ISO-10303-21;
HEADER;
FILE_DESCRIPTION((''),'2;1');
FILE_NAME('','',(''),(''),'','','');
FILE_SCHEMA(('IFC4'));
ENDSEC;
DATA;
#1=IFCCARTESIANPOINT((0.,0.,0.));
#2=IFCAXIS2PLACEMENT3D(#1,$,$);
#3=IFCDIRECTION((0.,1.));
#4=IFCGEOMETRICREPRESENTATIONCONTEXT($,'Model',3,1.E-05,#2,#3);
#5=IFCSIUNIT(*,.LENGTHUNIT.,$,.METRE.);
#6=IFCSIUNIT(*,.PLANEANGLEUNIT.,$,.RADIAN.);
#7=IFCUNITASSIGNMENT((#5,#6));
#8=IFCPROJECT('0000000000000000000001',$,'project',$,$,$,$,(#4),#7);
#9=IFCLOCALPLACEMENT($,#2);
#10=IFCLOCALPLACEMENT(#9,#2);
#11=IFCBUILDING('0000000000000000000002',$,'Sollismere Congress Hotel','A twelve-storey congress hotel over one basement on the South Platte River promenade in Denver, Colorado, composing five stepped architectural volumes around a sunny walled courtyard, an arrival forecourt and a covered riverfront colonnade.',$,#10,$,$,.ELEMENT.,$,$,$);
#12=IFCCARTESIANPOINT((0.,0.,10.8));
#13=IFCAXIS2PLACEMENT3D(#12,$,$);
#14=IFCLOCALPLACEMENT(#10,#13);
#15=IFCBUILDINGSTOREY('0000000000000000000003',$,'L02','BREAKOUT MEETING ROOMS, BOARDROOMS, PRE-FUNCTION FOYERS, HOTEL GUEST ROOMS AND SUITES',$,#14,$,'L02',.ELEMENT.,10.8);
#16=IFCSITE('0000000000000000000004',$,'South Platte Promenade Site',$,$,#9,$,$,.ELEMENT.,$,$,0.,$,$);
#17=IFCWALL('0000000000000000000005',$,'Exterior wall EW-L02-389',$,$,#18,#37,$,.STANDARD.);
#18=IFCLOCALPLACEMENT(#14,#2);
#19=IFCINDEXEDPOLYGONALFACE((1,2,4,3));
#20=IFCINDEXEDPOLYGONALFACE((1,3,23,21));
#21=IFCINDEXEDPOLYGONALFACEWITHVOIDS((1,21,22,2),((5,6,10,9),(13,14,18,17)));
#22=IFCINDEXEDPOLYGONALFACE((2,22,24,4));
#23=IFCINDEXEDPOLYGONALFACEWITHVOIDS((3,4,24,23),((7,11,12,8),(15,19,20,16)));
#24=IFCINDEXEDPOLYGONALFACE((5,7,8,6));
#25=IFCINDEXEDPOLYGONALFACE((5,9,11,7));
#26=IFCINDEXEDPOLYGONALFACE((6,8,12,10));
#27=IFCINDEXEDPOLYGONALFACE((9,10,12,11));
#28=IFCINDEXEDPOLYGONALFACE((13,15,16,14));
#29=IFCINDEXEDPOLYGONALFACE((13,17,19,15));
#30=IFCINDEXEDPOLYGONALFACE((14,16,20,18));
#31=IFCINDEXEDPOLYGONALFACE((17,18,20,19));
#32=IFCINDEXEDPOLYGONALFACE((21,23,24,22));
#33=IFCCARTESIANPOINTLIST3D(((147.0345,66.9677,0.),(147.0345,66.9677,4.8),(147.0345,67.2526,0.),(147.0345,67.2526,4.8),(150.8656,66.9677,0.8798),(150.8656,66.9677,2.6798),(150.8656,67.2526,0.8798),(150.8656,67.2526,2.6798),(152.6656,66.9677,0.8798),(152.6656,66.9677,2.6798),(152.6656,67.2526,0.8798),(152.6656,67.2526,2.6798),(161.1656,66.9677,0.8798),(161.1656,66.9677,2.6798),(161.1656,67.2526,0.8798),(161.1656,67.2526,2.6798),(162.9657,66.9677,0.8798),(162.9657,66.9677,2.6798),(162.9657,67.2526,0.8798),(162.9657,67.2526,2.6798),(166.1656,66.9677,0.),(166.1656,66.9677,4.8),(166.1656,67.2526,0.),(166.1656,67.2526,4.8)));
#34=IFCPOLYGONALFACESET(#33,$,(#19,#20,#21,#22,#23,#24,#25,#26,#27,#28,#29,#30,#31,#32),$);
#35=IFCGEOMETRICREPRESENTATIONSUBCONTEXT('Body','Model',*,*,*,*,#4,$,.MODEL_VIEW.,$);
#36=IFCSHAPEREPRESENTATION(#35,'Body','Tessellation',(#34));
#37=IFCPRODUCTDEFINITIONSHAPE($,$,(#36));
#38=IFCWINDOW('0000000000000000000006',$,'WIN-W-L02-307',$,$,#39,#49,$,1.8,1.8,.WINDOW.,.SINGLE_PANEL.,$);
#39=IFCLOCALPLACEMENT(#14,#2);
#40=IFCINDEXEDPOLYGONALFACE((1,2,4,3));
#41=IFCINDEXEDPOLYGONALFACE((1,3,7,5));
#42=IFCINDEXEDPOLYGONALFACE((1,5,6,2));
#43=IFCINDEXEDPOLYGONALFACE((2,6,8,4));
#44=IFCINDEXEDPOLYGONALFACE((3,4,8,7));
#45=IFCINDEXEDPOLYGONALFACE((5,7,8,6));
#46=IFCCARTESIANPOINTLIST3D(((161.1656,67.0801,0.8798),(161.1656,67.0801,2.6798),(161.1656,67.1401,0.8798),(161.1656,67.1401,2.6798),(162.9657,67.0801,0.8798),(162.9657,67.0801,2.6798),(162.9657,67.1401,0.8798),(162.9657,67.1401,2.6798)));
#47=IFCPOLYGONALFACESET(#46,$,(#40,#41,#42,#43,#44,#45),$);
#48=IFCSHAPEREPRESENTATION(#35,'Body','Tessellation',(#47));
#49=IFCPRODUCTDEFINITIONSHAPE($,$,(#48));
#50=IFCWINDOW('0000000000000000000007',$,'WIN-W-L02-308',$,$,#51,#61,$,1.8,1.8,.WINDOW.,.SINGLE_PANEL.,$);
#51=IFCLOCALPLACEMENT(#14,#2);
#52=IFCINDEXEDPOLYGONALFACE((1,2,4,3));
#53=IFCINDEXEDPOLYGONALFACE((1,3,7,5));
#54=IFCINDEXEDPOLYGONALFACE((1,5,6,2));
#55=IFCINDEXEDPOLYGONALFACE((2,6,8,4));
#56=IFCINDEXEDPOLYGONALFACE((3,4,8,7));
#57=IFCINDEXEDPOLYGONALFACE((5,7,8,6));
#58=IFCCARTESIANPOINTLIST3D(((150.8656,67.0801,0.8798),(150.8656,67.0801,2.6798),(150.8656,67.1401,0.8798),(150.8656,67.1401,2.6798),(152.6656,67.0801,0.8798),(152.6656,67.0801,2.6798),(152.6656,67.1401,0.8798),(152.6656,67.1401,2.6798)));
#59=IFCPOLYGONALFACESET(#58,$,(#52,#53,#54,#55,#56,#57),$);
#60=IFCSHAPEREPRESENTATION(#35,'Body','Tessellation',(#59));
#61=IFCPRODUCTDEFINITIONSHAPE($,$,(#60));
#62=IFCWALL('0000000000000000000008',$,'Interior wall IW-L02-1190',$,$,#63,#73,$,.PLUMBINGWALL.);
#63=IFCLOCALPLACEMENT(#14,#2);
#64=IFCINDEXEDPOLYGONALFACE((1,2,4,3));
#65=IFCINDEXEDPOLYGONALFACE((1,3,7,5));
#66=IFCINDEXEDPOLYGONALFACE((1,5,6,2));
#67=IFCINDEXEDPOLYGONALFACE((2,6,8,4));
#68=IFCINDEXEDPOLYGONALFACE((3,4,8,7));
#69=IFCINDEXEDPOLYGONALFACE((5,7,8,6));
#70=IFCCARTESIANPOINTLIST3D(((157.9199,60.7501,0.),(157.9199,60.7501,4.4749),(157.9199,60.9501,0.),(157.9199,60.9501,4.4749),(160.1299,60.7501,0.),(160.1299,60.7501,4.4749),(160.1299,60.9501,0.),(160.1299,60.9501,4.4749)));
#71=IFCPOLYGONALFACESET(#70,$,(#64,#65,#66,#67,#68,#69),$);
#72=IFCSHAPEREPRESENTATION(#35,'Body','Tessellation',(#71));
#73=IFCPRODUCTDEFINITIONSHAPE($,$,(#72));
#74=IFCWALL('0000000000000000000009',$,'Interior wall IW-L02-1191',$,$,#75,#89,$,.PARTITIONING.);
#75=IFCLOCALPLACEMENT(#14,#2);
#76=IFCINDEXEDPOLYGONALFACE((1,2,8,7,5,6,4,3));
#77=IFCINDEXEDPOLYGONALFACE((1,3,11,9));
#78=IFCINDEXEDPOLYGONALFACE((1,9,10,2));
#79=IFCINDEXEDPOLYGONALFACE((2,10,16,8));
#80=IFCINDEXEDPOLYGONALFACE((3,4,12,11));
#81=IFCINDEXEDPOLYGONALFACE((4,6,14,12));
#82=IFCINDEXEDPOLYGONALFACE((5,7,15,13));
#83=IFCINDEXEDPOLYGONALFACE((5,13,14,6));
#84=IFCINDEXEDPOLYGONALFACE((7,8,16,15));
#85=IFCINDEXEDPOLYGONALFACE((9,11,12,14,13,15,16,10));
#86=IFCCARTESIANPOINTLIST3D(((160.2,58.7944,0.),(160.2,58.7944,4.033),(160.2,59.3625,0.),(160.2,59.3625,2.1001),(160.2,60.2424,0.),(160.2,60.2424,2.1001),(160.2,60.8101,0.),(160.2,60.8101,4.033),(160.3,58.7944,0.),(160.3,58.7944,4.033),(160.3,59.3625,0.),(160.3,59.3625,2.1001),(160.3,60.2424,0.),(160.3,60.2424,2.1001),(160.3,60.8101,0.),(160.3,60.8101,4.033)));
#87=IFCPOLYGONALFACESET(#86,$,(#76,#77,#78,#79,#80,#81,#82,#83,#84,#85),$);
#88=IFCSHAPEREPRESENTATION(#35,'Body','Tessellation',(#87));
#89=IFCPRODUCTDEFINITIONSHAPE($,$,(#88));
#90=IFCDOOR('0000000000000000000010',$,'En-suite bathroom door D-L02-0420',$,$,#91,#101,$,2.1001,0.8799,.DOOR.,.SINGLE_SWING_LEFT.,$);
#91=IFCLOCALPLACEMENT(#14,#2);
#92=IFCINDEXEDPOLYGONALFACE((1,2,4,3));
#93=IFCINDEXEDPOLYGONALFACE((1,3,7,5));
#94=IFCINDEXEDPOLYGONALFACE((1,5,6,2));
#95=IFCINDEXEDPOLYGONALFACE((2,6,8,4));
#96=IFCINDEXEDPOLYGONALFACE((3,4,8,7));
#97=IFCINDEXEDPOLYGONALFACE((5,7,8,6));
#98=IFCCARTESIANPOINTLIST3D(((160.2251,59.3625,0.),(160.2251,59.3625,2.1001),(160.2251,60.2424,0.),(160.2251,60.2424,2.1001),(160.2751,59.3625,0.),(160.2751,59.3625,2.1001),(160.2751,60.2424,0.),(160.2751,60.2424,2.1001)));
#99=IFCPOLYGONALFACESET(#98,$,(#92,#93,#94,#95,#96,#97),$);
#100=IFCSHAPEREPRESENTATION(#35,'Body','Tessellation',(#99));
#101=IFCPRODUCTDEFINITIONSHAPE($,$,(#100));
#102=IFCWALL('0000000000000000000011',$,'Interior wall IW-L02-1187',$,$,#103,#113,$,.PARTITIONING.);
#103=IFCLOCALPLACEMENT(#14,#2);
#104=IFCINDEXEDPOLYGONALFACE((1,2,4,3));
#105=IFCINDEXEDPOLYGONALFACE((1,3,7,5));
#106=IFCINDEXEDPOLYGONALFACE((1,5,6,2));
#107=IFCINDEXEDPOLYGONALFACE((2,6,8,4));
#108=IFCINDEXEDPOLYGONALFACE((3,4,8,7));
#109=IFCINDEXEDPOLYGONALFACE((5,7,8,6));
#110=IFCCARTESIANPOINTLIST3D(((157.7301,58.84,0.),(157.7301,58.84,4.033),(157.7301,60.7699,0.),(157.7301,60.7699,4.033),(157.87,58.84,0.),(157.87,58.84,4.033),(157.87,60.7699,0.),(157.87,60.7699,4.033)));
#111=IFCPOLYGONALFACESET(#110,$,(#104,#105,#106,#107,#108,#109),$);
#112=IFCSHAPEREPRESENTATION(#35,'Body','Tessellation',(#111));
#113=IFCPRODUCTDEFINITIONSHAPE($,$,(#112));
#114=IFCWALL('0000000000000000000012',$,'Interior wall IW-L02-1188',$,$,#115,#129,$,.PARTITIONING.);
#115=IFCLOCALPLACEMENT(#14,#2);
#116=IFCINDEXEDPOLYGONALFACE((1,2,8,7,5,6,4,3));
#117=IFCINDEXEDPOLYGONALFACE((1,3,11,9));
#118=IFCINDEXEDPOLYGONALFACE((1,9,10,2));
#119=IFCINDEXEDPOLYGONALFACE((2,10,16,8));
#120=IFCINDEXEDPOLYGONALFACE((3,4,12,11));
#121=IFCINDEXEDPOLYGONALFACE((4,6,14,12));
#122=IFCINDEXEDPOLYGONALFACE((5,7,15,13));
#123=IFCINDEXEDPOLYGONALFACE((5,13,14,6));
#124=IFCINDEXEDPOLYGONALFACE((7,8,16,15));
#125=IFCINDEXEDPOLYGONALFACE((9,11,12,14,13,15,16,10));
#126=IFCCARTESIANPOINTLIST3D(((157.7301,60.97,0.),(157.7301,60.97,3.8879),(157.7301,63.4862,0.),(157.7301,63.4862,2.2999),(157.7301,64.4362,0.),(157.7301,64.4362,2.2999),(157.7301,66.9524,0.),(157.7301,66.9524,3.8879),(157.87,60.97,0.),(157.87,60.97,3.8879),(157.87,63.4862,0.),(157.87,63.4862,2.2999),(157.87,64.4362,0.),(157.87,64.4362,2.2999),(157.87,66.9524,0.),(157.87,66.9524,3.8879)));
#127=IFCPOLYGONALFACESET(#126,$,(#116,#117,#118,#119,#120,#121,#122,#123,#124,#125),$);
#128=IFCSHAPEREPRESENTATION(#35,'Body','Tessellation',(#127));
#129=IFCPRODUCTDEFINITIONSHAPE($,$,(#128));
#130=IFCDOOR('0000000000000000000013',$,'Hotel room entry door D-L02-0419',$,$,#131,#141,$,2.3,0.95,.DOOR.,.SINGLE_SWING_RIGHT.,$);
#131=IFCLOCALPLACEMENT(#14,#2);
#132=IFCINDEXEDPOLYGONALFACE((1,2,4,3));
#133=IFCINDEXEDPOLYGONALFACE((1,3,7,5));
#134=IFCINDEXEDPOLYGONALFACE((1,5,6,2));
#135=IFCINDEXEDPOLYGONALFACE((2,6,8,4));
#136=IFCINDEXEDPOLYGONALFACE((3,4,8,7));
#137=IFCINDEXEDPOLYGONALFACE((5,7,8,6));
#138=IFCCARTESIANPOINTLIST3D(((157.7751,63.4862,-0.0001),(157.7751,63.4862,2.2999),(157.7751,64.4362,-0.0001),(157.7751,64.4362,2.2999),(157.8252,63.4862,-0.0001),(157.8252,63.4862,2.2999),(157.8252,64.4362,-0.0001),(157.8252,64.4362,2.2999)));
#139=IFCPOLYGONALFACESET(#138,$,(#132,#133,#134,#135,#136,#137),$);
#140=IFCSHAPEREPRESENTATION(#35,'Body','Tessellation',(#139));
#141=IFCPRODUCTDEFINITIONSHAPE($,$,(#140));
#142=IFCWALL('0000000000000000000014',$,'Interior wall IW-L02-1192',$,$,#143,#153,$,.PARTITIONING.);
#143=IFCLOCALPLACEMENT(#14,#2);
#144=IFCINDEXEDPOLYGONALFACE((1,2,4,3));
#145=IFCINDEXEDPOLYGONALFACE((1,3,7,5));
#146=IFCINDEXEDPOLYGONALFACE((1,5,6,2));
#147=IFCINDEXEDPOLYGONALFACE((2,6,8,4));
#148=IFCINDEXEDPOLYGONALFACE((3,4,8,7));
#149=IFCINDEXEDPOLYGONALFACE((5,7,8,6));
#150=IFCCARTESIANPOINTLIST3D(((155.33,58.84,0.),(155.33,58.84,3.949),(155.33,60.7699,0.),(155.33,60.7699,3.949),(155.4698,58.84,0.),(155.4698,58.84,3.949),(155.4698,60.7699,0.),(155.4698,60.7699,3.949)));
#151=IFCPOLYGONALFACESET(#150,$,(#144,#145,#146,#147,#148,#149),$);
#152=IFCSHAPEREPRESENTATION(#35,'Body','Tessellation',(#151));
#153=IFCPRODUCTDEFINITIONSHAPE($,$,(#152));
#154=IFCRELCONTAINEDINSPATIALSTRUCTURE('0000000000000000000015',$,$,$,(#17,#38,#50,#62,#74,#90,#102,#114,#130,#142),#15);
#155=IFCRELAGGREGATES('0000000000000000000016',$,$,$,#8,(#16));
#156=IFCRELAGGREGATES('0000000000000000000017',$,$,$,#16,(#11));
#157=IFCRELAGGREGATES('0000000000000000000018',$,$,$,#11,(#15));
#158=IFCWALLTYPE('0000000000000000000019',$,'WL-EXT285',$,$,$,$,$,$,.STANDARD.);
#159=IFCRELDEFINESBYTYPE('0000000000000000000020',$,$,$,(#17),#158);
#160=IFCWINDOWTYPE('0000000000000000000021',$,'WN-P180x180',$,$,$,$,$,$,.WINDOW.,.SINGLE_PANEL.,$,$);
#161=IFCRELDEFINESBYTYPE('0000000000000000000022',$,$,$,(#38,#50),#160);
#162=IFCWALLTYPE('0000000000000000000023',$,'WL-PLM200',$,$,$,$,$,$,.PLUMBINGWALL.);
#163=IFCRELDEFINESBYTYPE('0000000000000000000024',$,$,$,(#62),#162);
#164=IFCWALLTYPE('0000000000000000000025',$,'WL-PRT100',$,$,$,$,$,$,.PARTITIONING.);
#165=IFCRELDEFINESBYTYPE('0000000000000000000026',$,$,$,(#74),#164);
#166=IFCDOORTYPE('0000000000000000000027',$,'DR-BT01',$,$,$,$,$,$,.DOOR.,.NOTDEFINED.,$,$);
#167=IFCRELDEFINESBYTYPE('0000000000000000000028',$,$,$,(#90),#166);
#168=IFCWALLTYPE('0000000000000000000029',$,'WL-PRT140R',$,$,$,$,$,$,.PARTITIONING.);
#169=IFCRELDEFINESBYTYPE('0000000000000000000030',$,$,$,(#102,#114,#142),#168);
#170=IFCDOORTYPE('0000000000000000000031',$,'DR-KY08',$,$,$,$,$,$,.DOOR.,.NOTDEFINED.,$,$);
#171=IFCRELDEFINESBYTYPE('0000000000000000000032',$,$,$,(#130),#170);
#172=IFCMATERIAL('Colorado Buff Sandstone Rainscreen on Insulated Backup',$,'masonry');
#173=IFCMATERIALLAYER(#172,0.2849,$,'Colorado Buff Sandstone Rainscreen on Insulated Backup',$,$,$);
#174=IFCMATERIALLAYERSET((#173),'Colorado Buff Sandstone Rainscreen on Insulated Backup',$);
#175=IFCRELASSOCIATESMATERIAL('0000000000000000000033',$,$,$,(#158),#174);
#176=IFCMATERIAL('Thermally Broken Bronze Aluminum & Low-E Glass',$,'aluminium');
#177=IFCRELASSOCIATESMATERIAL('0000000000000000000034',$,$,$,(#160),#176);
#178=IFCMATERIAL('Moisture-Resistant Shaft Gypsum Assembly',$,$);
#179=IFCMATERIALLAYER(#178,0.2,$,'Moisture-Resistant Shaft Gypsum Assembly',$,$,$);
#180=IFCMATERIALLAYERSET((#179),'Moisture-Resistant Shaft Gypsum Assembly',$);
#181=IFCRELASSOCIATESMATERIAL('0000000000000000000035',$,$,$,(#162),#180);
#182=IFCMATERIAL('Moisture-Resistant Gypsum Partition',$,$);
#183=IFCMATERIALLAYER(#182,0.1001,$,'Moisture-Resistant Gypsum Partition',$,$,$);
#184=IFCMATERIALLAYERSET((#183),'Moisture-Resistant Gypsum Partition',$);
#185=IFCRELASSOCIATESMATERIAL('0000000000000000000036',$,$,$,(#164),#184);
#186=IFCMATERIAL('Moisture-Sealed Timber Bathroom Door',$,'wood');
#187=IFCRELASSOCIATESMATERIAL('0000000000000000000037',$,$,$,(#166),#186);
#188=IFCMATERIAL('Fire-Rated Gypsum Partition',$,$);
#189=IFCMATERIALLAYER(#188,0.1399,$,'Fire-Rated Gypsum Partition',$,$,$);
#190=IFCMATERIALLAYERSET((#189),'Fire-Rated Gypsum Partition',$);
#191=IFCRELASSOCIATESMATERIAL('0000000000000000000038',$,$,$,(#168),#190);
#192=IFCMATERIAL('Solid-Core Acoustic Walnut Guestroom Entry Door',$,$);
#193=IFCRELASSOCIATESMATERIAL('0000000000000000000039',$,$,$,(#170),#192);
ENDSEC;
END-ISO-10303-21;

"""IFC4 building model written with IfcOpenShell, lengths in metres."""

from ifc_helpers import new_model, si_unit, direction, frame, frame_2d, origin, place, context, subcontext, project, spatial, rectangle, extrude, material, layer, layer_set, type_object, element, fill, save


model = new_model("IFC4")

# Units and contexts
model_context = context("Model", 3, precision=1e-05, world=origin(), true_north=direction((0.0, 1.0)))
body_context = subcontext(model_context, "Body", "Model", "MODEL_VIEW")
ifc_project = project(units=[si_unit("LENGTHUNIT", "METRE"), si_unit("PLANEANGLEUNIT", "RADIAN")], contexts=[model_context])

# Site, building, storey
site_placement = place(None, origin())
site = spatial("IfcSite", under=ifc_project, at=site_placement, Name="South Platte Promenade Site", CompositionType="ELEMENT", RefElevation=0.0)
building_placement = place(site_placement, origin())
building = spatial("IfcBuilding", under=site, at=building_placement, Name="Sollismere Congress Hotel", Description="A twelve-storey congress hotel over one basement on the South Platte River promenade in Denver, Colorado, composing five stepped architectural volumes around a sunny walled courtyard, an arrival forecourt and a covered riverfront colonnade.", CompositionType="ELEMENT")
storey_placement = place(building_placement, frame((0.0, 0.0, 10.8)))
storey = spatial("IfcBuildingStorey", under=building, at=storey_placement, Name="L02", Description="BREAKOUT MEETING ROOMS, BOARDROOMS, PRE-FUNCTION FOYERS, HOTEL GUEST ROOMS AND SUITES", LongName="L02", CompositionType="ELEMENT", Elevation=10.8)

# Wall, openings, windows
ifc_material_1 = material(Name="Colorado Buff Sandstone Rainscreen on Insulated Backup", Category="masonry")
ifc_layer_1 = layer(ifc_material_1, 0.2849, Name="Colorado Buff Sandstone Rainscreen on Insulated Backup")
ifc_layer_set_1 = layer_set([ifc_layer_1], Name="Colorado Buff Sandstone Rainscreen on Insulated Backup")
wall_type_1 = type_object("IfcWallType", Name="WL-EXT285", PredefinedType="STANDARD", material=ifc_layer_set_1)
wall_1_placement = place(storey_placement, frame((166.1655, 67.1101, 0.0), z_axis=(0.0, 0.0, 1.0), x_axis=(-1.0, 0.0, 0.0)))
wall_1 = element("IfcWall", 1, at=wall_1_placement, inside=storey, type_object=wall_type_1, Name="Exterior wall EW-L02-389", PredefinedType="STANDARD", context=body_context, shape_type="SweptSolid", body=[
    extrude(rectangle(XDim=19.1311, YDim=0.2849, at=frame_2d((9.5654, 0.0))), origin(), (0.0, 0.0, 1.0), 4.8),
])
opening_1_placement = place(wall_1_placement, frame((3.2, 0.0, 0.8799)))
opening_1 = element("IfcOpeningElement", 2, at=opening_1_placement, cuts=wall_1, PredefinedType="OPENING", context=body_context, shape_type="SweptSolid", body=[
    extrude(rectangle(XDim=1.8, YDim=1.8, at=frame_2d((0.8999, 0.8999))), frame((0.0, 0.1523, 0.0), z_axis=(0.0, -1.0, 0.0), x_axis=(1.0, 0.0, 0.0)), (0.0, 0.0, 1.0), 0.3049),
])
opening_2_placement = place(wall_1_placement, frame((13.5, 0.0, 0.8799)))
opening_2 = element("IfcOpeningElement", 3, at=opening_2_placement, cuts=wall_1, PredefinedType="OPENING", context=body_context, shape_type="SweptSolid", body=[
    extrude(rectangle(XDim=1.8, YDim=1.8, at=frame_2d((0.8999, 0.8999))), frame((0.0, 0.1523, 0.0), z_axis=(0.0, -1.0, 0.0), x_axis=(1.0, 0.0, 0.0)), (0.0, 0.0, 1.0), 0.3049),
])
ifc_material_2 = material(Name="Thermally Broken Bronze Aluminum & Low-E Glass", Category="aluminium")
window_type = type_object("IfcWindowType", Name="WN-P180x180", PartitioningType="SINGLE_PANEL", PredefinedType="WINDOW", material=ifc_material_2)
window_1_placement = place(opening_1_placement, origin())
window_1 = element("IfcWindow", 4, at=window_1_placement, inside=storey, type_object=window_type, Name="WIN-W-L02-307", OverallHeight=1.8, OverallWidth=1.8, PartitioningType="SINGLE_PANEL", PredefinedType="WINDOW", context=body_context, shape_type="SweptSolid", body=[
    extrude(rectangle(XDim=1.8, YDim=1.8, at=frame_2d((0.8999, 0.8999))), frame((0.0, 0.03, 0.0), z_axis=(0.0, -1.0, 0.0), x_axis=(1.0, 0.0, 0.0)), (0.0, 0.0, 1.0), 0.0601),
])
fill(opening_1, window_1)
window_2_placement = place(opening_2_placement, origin())
window_2 = element("IfcWindow", 5, at=window_2_placement, inside=storey, type_object=window_type, Name="WIN-W-L02-308", OverallHeight=1.8, OverallWidth=1.8, PartitioningType="SINGLE_PANEL", PredefinedType="WINDOW", context=body_context, shape_type="SweptSolid", body=[
    extrude(rectangle(XDim=1.8, YDim=1.8, at=frame_2d((0.8999, 0.8999))), frame((0.0, 0.03, 0.0), z_axis=(0.0, -1.0, 0.0), x_axis=(1.0, 0.0, 0.0)), (0.0, 0.0, 1.0), 0.0601),
])
fill(opening_2, window_2)

# Wall
ifc_material_3 = material(Name="Moisture-Resistant Shaft Gypsum Assembly")
ifc_layer_2 = layer(ifc_material_3, 0.2, Name="Moisture-Resistant Shaft Gypsum Assembly")
ifc_layer_set_2 = layer_set([ifc_layer_2], Name="Moisture-Resistant Shaft Gypsum Assembly")
wall_type_2 = type_object("IfcWallType", Name="WL-PLM200", PredefinedType="PLUMBINGWALL", material=ifc_layer_set_2)
wall_2_placement = place(storey_placement, frame((157.9199, 60.8501, 0.0), z_axis=(0.0, 0.0, 1.0), x_axis=(1.0, 0.0, 0.0)))
element("IfcWall", 6, at=wall_2_placement, inside=storey, type_object=wall_type_2, Name="Interior wall IW-L02-1190", PredefinedType="PLUMBINGWALL", context=body_context, shape_type="SweptSolid", body=[
    extrude(rectangle(XDim=2.21, YDim=0.2, at=frame_2d((1.105, 0.0))), origin(), (0.0, 0.0, 1.0), 4.4749),
])

# Wall, opening, door
ifc_material_4 = material(Name="Moisture-Resistant Gypsum Partition")
ifc_layer_3 = layer(ifc_material_4, 0.1001, Name="Moisture-Resistant Gypsum Partition")
ifc_layer_set_3 = layer_set([ifc_layer_3], Name="Moisture-Resistant Gypsum Partition")
wall_type_3 = type_object("IfcWallType", Name="WL-PRT100", PredefinedType="PARTITIONING", material=ifc_layer_set_3)
wall_3_placement = place(storey_placement, frame((160.25, 58.7944, 0.0), z_axis=(0.0, 0.0, 1.0), x_axis=(0.0, 1.0, 0.0)))
wall_3 = element("IfcWall", 7, at=wall_3_placement, inside=storey, type_object=wall_type_3, Name="Interior wall IW-L02-1191", PredefinedType="PARTITIONING", context=body_context, shape_type="SweptSolid", body=[
    extrude(rectangle(XDim=2.0156, YDim=0.1001, at=frame_2d((1.0078, 0.0))), origin(), (0.0, 0.0, 1.0), 4.033),
])
opening_3_placement = place(wall_3_placement, frame((0.5681, 0.0, 0.0)))
opening_3 = element("IfcOpeningElement", 8, at=opening_3_placement, cuts=wall_3, PredefinedType="OPENING", context=body_context, shape_type="SweptSolid", body=[
    extrude(rectangle(XDim=0.8799, YDim=2.1001, at=frame_2d((0.4399, 1.05))), frame((0.0, 0.0601, 0.0), z_axis=(0.0, -1.0, 0.0), x_axis=(1.0, 0.0, 0.0)), (0.0, 0.0, 1.0), 0.1201),
])
ifc_material_5 = material(Name="Moisture-Sealed Timber Bathroom Door", Category="wood")
door_type_1 = type_object("IfcDoorType", Name="DR-BT01", OperationType="NOTDEFINED", PredefinedType="DOOR", material=ifc_material_5)
door_1_placement = place(opening_3_placement, origin())
door_1 = element("IfcDoor", 9, at=door_1_placement, inside=storey, type_object=door_type_1, Name="En-suite bathroom door D-L02-0420", OperationType="SINGLE_SWING_LEFT", OverallHeight=2.1001, OverallWidth=0.8799, PredefinedType="DOOR", context=body_context, shape_type="SweptSolid", body=[
    extrude(rectangle(XDim=0.8799, YDim=2.1001, at=frame_2d((0.4399, 1.05))), frame((0.0, 0.0249, 0.0), z_axis=(0.0, -1.0, 0.0), x_axis=(1.0, 0.0, 0.0)), (0.0, 0.0, 1.0), 0.05),
])
fill(opening_3, door_1)

# Wall
ifc_material_6 = material(Name="Fire-Rated Gypsum Partition")
ifc_layer_4 = layer(ifc_material_6, 0.1399, Name="Fire-Rated Gypsum Partition")
ifc_layer_set_4 = layer_set([ifc_layer_4], Name="Fire-Rated Gypsum Partition")
wall_type_4 = type_object("IfcWallType", Name="WL-PRT140R", PredefinedType="PARTITIONING", material=ifc_layer_set_4)
wall_4_placement = place(storey_placement, frame((157.8, 58.8401, 0.0), z_axis=(0.0, 0.0, 1.0), x_axis=(0.0, 1.0, 0.0)))
element("IfcWall", 10, at=wall_4_placement, inside=storey, type_object=wall_type_4, Name="Interior wall IW-L02-1187", PredefinedType="PARTITIONING", context=body_context, shape_type="SweptSolid", body=[
    extrude(rectangle(XDim=1.9299, YDim=0.1399, at=frame_2d((0.9648, 0.0))), origin(), (0.0, 0.0, 1.0), 4.033),
])

# Wall, opening, door
wall_5_placement = place(storey_placement, frame((157.8, 60.97, 0.0), z_axis=(0.0, 0.0, 1.0), x_axis=(0.0, 1.0, 0.0)))
wall_5 = element("IfcWall", 11, at=wall_5_placement, inside=storey, type_object=wall_type_4, Name="Interior wall IW-L02-1188", PredefinedType="PARTITIONING", context=body_context, shape_type="SweptSolid", body=[
    extrude(rectangle(XDim=5.9824, YDim=0.1399, at=frame_2d((2.9912, 0.0))), origin(), (0.0, 0.0, 1.0), 3.8879),
])
opening_4_placement = place(wall_5_placement, frame((2.5161, 0.0, 0.0)))
opening_4 = element("IfcOpeningElement", 12, at=opening_4_placement, cuts=wall_5, PredefinedType="OPENING", context=body_context, shape_type="SweptSolid", body=[
    extrude(rectangle(XDim=0.95, YDim=2.3, at=frame_2d((0.4751, 1.1499))), frame((0.0, 0.0798, 0.0), z_axis=(0.0, -1.0, 0.0), x_axis=(1.0, 0.0, 0.0)), (0.0, 0.0, 1.0), 0.1599),
])
ifc_material_7 = material(Name="Solid-Core Acoustic Walnut Guestroom Entry Door")
door_type_2 = type_object("IfcDoorType", Name="DR-KY08", OperationType="NOTDEFINED", PredefinedType="DOOR", material=ifc_material_7)
door_2_placement = place(opening_4_placement, origin())
door_2 = element("IfcDoor", 13, at=door_2_placement, inside=storey, type_object=door_type_2, Name="Hotel room entry door D-L02-0419", OperationType="SINGLE_SWING_RIGHT", OverallHeight=2.3, OverallWidth=0.95, PredefinedType="DOOR", context=body_context, shape_type="SweptSolid", body=[
    extrude(rectangle(XDim=0.95, YDim=2.3, at=frame_2d((0.4751, 1.1499))), frame((0.0, 0.0249, 0.0), z_axis=(0.0, -1.0, 0.0), x_axis=(1.0, 0.0, 0.0)), (0.0, 0.0, 1.0), 0.05),
])
fill(opening_4, door_2)

# Wall
wall_6_placement = place(storey_placement, frame((155.3999, 58.8401, 0.0), z_axis=(0.0, 0.0, 1.0), x_axis=(0.0, 1.0, 0.0)))
element("IfcWall", 14, at=wall_6_placement, inside=storey, type_object=wall_type_4, Name="Interior wall IW-L02-1192", PredefinedType="PARTITIONING", context=body_context, shape_type="SweptSolid", body=[
    extrude(rectangle(XDim=1.9299, YDim=0.1399, at=frame_2d((0.9648, 0.0))), origin(), (0.0, 0.0, 1.0), 3.949),
])

save(model, "model.ifc")
